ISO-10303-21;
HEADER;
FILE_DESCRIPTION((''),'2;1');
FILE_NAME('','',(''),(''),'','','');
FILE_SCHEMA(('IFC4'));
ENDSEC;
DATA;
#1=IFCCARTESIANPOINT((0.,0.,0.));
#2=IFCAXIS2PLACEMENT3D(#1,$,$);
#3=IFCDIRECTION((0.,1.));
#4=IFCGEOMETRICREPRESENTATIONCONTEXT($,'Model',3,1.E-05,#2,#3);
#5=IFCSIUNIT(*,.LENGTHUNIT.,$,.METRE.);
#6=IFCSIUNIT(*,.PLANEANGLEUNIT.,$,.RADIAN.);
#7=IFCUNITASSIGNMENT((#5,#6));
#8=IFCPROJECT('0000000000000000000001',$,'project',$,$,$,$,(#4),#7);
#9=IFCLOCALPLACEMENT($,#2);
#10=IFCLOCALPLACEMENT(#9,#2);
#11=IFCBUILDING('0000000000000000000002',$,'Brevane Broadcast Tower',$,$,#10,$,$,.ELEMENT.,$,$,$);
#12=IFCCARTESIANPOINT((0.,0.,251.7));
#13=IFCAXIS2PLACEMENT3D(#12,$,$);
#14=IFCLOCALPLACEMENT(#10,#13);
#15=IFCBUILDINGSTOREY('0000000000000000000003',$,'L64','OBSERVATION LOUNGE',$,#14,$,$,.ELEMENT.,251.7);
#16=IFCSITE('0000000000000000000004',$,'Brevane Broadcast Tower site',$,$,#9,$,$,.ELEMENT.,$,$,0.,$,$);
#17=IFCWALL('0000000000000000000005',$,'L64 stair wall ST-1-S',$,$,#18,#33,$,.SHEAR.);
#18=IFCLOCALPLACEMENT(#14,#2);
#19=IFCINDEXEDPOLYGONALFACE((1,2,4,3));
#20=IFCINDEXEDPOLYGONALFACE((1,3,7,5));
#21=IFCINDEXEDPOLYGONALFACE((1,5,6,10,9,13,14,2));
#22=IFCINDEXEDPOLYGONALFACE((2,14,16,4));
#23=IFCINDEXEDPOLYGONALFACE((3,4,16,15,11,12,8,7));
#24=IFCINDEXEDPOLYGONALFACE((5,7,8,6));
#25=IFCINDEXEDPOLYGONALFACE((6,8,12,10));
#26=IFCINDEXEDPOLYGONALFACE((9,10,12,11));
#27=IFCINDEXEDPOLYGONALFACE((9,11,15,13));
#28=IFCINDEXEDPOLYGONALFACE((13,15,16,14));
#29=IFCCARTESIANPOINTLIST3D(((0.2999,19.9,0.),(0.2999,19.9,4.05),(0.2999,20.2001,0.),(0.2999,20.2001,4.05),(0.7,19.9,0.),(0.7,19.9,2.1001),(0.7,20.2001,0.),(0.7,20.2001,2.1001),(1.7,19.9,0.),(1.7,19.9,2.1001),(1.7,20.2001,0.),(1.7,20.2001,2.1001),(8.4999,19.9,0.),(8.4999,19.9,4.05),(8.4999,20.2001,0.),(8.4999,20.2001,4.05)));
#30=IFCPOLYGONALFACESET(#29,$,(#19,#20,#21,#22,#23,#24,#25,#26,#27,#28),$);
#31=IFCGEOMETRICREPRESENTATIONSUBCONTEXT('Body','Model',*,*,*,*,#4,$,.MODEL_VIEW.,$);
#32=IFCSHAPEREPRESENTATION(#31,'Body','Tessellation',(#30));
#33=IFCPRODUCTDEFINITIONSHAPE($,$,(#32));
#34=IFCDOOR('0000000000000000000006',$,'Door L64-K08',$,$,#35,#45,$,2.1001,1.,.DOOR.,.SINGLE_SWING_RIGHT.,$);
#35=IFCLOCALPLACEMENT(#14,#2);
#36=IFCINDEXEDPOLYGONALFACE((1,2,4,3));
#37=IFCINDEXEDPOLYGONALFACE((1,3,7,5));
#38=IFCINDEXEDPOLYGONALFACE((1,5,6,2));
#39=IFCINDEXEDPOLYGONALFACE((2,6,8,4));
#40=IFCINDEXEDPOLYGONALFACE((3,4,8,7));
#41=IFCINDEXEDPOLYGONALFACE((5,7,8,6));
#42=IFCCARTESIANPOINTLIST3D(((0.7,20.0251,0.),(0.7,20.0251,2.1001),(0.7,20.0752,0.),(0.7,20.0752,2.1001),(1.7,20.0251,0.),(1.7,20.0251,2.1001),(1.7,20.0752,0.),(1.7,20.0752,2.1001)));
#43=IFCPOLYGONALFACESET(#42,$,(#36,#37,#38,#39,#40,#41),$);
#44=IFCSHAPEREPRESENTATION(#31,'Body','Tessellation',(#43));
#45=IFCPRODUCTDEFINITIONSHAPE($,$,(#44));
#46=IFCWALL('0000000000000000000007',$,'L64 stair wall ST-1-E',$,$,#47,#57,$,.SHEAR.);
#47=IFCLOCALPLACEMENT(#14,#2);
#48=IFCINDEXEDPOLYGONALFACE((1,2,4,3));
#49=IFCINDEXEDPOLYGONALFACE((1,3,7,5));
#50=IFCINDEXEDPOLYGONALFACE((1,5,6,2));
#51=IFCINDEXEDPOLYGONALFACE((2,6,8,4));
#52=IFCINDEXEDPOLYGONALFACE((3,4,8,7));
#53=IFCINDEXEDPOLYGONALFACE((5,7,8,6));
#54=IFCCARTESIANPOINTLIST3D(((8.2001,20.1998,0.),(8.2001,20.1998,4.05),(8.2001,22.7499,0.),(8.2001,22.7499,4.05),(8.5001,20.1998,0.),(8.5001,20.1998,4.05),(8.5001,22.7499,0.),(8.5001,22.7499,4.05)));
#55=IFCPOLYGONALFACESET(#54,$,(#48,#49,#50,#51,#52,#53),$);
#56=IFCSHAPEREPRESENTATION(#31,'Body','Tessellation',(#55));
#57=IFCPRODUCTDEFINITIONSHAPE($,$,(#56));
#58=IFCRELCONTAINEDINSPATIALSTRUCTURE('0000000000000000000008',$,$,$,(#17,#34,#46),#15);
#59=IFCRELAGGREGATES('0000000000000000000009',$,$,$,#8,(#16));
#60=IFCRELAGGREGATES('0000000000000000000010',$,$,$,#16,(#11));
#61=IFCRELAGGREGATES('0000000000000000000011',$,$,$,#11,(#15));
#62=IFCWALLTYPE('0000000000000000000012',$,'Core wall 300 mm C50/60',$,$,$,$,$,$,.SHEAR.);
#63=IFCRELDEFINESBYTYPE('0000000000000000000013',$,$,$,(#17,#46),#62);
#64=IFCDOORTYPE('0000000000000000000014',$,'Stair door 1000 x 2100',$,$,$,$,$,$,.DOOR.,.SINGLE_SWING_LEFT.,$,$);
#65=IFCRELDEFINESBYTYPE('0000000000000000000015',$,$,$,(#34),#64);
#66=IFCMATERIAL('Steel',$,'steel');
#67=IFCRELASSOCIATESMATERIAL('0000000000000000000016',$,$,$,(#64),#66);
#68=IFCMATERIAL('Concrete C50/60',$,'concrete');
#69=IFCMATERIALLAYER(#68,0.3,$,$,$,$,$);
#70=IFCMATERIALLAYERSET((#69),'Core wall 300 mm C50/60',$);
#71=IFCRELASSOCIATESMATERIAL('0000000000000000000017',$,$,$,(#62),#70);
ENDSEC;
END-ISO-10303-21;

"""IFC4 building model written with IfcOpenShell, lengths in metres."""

from ifc_helpers import new_model, si_unit, direction, frame, frame_2d, origin, place, context, subcontext, project, spatial, rectangle, extrude, material, layer, layer_set, type_object, element, fill, save


model = new_model("IFC4")

# Units and contexts
model_context = context("Model", 3, precision=1e-05, world=origin(), true_north=direction((0.0, 1.0)))
body_context = subcontext(model_context, "Body", "Model", "MODEL_VIEW")
ifc_project = project(units=[si_unit("LENGTHUNIT", "METRE"), si_unit("PLANEANGLEUNIT", "RADIAN")], contexts=[model_context])

# Site, building, storey
site_placement = place(None, origin())
site = spatial("IfcSite", under=ifc_project, at=site_placement, Name="Brevane Broadcast Tower site", CompositionType="ELEMENT", RefElevation=0.0)
building_placement = place(site_placement, origin())
building = spatial("IfcBuilding", under=site, at=building_placement, Name="Brevane Broadcast Tower", CompositionType="ELEMENT")
storey_placement = place(building_placement, frame((0.0, 0.0, 251.7)))
storey = spatial("IfcBuildingStorey", under=building, at=storey_placement, Name="L64", Description="OBSERVATION LOUNGE", CompositionType="ELEMENT", Elevation=251.7)

# Shared definitions
ifc_material_1 = material(Name="Steel", Category="steel")

# Shared definitions
door_type_1 = type_object("IfcDoorType", Name="Stair door 1000 x 2100", OperationType="SINGLE_SWING_LEFT", PredefinedType="DOOR", material=ifc_material_1)

# Shared definitions
ifc_material_2 = material(Name="Concrete C50/60", Category="concrete")
ifc_layer_1 = layer(ifc_material_2, 0.3)
ifc_layer_set_1 = layer_set([ifc_layer_1], Name="Core wall 300 mm C50/60")
wall_type_1 = type_object("IfcWallType", Name="Core wall 300 mm C50/60", PredefinedType="SHEAR", material=ifc_layer_set_1)

# Wall, opening, door
wall_1_placement = place(storey_placement, frame((8.5, 20.05, 0.0), z_axis=(0.0, 0.0, 1.0), x_axis=(-1.0, 0.0, 0.0)))
wall_1 = element("IfcWall", 1, at=wall_1_placement, inside=storey, type_object=wall_type_1, Name="L64 stair wall ST-1-S", PredefinedType="SHEAR", context=body_context, shape_type="SweptSolid", body=[
    extrude(rectangle(XDim=8.2, YDim=0.3, at=frame_2d((4.1001, 0.0))), origin(), (0.0, 0.0, 1.0), 4.05),
])
opening_1_placement = place(wall_1_placement, frame((6.8, 0.0, 0.0)))
opening_1 = element("IfcOpeningElement", 2, at=opening_1_placement, cuts=wall_1, PredefinedType="OPENING", context=body_context, shape_type="SweptSolid", body=[
    extrude(rectangle(XDim=1.0, YDim=2.1001, at=frame_2d((0.5, 1.05))), frame((0.0, 0.1599, 0.0), z_axis=(0.0, -1.0, 0.0), x_axis=(1.0, 0.0, 0.0)), (0.0, 0.0, 1.0), 0.3201),
])
door_1_placement = place(opening_1_placement, origin())
door_1 = element("IfcDoor", 3, at=door_1_placement, inside=storey, type_object=door_type_1, Name="Door L64-K08", OperationType="SINGLE_SWING_RIGHT", OverallHeight=2.1001, OverallWidth=1.0, PredefinedType="DOOR", context=body_context, shape_type="SweptSolid", body=[
    extrude(rectangle(XDim=1.0, YDim=2.1001, at=frame_2d((0.5, 1.05))), frame((0.0, 0.0249, 0.0), z_axis=(0.0, -1.0, 0.0), x_axis=(1.0, 0.0, 0.0)), (0.0, 0.0, 1.0), 0.05),
])
fill(opening_1, door_1)

# Wall
wall_2_placement = place(storey_placement, frame((8.3501, 20.2, 0.0), z_axis=(0.0, 0.0, 1.0), x_axis=(0.0, 1.0, 0.0)))
element("IfcWall", 4, at=wall_2_placement, inside=storey, type_object=wall_type_1, Name="L64 stair wall ST-1-E", PredefinedType="SHEAR", context=body_context, shape_type="SweptSolid", body=[
    extrude(rectangle(XDim=2.55, YDim=0.3, at=frame_2d((1.2749, 0.0))), origin(), (0.0, 0.0, 1.0), 4.05),
])

save(model, "model.ifc")
